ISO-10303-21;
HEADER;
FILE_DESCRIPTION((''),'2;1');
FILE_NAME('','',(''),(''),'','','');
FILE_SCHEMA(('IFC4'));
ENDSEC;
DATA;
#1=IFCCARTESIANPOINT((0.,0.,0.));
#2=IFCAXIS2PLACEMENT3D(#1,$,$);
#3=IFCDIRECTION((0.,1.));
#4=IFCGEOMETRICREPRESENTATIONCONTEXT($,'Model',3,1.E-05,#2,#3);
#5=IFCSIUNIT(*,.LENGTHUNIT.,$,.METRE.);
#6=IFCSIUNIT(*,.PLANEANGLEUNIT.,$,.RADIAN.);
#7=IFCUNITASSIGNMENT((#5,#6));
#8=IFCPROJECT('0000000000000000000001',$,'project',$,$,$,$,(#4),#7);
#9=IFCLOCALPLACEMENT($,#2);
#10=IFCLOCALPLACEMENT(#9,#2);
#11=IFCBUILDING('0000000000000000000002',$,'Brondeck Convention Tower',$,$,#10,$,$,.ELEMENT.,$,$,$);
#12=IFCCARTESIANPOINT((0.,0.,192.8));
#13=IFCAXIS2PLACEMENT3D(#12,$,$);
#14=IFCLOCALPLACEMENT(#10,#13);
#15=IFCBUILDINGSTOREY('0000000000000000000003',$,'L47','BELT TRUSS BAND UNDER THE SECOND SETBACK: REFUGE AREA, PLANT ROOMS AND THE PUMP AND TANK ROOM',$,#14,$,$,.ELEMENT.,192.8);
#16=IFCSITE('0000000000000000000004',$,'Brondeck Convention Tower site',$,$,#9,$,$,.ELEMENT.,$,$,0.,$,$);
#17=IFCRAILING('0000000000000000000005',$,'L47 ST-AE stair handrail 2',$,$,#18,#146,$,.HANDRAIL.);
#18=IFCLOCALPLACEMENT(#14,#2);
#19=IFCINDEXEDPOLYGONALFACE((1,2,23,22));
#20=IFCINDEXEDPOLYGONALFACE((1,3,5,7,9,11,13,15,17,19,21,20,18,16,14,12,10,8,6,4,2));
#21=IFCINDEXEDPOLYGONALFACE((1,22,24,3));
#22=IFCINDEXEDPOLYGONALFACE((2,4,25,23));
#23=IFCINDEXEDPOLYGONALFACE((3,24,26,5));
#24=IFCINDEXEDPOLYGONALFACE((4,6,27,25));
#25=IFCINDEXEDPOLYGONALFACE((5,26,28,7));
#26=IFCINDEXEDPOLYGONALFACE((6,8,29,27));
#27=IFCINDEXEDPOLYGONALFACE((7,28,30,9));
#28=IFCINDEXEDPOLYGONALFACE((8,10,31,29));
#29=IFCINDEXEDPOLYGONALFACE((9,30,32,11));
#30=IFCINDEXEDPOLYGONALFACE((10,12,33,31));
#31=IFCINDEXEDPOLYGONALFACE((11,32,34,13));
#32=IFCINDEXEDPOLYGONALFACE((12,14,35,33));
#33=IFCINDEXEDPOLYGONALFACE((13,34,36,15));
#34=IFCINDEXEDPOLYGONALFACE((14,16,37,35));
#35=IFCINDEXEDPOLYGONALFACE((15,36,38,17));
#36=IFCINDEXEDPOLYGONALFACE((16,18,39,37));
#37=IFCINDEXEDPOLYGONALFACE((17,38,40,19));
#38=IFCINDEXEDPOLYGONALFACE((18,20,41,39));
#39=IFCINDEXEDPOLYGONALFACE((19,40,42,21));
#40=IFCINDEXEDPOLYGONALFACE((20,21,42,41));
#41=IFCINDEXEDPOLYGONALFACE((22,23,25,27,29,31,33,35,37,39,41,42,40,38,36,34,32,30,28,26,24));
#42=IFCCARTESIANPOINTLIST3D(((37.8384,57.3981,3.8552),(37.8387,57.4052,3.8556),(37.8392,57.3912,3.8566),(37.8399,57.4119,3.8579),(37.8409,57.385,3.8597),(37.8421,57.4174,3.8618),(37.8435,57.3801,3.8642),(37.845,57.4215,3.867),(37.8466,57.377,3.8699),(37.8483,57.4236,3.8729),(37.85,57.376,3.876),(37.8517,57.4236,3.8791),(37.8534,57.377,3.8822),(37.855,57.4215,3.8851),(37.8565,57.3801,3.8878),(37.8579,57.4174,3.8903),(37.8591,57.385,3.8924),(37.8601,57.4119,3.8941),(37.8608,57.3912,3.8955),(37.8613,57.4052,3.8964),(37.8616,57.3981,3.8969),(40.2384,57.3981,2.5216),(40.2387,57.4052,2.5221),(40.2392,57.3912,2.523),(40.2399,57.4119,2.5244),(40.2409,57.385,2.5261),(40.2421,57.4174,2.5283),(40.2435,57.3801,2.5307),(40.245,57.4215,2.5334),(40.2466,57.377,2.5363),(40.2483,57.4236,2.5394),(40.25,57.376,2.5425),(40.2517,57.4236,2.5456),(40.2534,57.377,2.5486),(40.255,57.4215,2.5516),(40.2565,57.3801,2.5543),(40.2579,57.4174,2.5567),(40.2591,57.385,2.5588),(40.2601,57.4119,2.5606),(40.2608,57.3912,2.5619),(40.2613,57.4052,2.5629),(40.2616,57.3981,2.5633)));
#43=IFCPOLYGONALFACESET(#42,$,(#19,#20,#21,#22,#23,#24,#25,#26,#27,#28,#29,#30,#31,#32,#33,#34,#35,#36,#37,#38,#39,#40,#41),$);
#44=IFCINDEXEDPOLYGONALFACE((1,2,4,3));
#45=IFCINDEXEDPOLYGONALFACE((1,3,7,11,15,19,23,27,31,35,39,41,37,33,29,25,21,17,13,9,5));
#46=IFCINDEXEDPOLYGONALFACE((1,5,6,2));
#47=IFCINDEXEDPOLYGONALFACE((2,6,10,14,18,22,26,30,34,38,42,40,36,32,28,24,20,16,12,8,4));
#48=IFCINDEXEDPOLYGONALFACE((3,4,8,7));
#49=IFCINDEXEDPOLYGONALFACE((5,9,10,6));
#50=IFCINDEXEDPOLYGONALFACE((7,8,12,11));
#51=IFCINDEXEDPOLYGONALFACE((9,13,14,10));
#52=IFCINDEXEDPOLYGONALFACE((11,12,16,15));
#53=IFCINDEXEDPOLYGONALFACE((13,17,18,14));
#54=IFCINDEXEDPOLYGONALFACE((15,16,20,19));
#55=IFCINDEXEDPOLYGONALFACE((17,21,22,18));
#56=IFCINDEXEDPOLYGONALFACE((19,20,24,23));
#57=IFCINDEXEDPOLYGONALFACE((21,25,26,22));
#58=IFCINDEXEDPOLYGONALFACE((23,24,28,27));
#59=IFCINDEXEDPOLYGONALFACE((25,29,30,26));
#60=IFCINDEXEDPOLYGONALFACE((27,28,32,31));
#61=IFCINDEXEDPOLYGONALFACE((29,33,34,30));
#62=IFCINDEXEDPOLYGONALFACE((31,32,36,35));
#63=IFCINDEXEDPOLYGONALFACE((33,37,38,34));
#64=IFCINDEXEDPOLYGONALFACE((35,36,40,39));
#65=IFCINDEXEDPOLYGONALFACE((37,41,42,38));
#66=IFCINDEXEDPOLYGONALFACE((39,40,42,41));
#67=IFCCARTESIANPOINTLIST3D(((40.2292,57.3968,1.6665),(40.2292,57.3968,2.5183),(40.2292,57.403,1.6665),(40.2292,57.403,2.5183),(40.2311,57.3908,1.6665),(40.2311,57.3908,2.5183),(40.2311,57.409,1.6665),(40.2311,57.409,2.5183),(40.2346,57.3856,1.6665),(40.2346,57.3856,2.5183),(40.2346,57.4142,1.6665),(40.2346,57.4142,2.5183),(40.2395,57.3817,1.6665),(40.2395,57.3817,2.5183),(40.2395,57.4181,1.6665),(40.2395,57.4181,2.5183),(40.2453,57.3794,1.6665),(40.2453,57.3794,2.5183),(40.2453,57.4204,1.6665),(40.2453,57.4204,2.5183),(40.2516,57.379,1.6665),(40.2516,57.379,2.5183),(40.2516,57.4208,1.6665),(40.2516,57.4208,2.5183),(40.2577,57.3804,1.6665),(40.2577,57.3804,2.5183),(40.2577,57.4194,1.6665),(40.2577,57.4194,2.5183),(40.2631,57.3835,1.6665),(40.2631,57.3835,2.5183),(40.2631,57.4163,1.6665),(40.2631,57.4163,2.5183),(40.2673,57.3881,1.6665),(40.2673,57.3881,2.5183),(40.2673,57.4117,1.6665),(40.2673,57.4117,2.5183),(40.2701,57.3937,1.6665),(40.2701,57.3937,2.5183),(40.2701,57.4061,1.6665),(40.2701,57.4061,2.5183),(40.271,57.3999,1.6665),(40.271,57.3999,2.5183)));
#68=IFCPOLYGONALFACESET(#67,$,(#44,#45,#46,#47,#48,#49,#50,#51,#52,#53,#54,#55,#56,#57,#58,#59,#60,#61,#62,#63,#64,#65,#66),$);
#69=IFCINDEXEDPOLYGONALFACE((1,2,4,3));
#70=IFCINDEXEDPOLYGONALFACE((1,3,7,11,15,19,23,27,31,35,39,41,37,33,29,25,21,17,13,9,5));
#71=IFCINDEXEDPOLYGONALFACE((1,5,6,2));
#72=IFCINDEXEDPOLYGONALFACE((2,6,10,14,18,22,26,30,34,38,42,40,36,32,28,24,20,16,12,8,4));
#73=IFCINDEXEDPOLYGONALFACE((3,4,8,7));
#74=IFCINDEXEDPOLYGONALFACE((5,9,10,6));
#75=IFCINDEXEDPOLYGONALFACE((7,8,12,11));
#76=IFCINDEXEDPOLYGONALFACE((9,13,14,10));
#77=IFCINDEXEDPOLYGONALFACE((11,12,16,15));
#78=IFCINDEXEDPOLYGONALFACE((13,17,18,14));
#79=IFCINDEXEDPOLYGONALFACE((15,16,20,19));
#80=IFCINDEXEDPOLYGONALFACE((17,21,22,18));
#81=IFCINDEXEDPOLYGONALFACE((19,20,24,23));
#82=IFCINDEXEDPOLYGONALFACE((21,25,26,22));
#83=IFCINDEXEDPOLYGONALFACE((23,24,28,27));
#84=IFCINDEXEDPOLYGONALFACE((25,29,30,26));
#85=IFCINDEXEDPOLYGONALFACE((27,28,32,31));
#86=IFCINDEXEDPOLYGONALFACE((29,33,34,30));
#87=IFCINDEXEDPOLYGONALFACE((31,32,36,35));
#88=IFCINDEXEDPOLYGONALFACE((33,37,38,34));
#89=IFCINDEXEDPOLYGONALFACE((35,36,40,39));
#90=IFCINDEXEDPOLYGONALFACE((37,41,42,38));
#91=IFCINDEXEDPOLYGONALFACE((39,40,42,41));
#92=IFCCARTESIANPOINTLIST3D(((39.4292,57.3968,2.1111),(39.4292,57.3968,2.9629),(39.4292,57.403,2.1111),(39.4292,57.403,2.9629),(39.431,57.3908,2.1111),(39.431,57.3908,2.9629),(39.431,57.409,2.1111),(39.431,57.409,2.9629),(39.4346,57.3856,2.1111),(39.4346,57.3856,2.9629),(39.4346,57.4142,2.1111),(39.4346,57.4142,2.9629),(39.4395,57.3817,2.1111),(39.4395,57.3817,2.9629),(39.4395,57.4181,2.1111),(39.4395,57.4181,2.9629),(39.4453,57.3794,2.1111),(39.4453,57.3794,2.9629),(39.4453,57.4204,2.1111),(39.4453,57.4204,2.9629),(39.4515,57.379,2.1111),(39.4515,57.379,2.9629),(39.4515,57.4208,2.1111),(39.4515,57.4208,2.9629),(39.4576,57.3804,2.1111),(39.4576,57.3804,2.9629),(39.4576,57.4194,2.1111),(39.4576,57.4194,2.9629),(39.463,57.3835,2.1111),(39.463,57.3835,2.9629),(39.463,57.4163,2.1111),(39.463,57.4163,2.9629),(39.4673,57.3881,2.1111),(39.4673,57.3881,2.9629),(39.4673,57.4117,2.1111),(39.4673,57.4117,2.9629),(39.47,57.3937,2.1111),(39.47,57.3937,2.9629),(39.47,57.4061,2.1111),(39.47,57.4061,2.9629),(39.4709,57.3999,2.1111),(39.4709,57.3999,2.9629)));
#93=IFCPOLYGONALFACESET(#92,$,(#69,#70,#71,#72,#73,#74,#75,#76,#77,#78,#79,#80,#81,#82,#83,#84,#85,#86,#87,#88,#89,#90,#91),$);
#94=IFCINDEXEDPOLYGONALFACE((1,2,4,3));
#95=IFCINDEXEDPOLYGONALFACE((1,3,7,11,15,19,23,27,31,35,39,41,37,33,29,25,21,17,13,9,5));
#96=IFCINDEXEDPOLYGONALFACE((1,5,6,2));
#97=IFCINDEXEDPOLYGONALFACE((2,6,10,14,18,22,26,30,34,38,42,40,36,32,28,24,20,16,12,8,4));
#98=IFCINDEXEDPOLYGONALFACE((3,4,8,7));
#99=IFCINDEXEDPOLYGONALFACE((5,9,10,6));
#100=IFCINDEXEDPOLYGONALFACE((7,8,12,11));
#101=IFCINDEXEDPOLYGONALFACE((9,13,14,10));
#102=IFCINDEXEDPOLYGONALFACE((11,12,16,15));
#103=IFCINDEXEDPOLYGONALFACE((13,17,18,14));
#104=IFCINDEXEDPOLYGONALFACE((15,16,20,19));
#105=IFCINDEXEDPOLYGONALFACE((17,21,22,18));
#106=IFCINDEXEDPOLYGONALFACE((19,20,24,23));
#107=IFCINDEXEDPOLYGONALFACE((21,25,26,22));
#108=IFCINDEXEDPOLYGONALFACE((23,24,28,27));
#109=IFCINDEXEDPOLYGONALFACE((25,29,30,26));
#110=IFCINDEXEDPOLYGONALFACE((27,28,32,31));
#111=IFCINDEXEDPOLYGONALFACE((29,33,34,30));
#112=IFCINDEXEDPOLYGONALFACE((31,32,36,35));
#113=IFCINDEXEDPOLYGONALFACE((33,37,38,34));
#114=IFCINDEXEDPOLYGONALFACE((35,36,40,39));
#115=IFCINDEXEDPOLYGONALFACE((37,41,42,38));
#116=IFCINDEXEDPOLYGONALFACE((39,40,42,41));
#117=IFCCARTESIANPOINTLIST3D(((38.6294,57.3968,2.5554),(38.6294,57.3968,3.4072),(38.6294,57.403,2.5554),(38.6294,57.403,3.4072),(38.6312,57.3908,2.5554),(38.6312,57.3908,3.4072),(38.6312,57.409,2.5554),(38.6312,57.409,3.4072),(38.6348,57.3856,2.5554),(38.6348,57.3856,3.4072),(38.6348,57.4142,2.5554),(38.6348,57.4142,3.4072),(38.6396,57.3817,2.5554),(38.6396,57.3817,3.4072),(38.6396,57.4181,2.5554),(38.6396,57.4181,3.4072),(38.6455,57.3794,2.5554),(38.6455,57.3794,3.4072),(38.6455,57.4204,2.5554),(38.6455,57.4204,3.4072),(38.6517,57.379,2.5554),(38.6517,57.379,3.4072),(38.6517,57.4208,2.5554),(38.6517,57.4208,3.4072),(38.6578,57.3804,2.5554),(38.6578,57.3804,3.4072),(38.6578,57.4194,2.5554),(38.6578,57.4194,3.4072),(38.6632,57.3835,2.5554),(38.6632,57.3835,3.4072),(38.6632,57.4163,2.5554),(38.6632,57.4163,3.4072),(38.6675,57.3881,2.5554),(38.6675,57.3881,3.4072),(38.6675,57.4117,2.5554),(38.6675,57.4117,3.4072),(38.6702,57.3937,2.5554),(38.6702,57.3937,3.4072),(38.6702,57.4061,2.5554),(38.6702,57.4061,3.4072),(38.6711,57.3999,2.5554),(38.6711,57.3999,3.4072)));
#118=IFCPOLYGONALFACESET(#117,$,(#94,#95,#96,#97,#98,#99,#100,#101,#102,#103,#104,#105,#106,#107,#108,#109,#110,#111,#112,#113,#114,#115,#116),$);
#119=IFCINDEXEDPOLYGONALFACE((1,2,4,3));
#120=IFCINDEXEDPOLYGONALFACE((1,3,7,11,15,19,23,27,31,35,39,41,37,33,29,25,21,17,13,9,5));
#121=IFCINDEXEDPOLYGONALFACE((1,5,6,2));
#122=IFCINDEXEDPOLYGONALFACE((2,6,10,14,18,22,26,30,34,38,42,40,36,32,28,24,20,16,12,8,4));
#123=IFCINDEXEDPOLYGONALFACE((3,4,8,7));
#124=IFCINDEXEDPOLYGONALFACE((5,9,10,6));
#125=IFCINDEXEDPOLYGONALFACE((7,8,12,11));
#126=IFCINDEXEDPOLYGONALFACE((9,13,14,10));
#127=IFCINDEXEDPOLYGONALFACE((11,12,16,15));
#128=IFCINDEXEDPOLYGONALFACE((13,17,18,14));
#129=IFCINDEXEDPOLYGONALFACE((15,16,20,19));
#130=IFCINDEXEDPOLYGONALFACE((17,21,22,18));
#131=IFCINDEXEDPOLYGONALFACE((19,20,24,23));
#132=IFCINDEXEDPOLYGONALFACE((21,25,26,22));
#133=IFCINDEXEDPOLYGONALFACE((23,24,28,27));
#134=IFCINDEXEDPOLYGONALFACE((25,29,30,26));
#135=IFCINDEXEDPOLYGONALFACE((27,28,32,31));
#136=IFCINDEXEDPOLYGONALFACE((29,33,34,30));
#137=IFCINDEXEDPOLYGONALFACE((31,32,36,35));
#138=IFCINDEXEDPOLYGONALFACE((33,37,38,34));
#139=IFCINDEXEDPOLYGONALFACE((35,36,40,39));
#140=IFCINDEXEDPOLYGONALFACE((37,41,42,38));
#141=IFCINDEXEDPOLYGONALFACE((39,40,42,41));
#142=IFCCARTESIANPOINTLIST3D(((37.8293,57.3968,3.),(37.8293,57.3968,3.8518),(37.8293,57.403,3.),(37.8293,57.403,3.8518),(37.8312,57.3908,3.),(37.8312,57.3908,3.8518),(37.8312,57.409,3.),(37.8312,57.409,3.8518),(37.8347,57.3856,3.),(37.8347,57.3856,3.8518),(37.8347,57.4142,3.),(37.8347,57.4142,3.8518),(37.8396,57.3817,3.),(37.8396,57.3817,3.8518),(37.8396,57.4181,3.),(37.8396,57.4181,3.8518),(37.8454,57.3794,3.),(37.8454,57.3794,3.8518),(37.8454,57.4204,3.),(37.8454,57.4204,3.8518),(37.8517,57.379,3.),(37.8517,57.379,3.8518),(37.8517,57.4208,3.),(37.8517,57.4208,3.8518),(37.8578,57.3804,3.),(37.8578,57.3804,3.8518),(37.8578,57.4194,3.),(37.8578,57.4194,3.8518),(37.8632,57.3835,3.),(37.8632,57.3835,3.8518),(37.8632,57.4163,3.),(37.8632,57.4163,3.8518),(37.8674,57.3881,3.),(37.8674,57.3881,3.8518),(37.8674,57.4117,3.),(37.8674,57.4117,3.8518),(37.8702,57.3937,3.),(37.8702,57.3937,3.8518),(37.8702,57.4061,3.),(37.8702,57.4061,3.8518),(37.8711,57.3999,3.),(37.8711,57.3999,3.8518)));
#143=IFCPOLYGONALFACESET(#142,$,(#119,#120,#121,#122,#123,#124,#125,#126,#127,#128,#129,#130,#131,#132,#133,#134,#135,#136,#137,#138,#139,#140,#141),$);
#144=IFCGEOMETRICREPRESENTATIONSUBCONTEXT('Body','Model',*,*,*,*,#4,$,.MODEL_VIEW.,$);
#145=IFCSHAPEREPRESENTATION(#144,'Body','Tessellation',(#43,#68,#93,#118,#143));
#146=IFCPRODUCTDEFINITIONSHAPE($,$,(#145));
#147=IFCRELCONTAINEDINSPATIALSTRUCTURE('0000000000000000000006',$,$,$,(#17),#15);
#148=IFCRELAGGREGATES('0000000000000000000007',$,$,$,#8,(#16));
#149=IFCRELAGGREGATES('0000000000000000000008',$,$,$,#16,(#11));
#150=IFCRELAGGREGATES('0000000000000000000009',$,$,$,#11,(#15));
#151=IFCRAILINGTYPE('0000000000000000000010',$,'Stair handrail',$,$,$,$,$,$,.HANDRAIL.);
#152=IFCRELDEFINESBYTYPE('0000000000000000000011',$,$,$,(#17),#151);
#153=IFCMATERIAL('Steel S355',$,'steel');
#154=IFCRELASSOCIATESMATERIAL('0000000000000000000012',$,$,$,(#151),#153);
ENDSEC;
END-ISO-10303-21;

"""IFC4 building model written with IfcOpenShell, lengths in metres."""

from ifc_helpers import new_model, si_unit, direction, frame, origin, origin_2d, place, context, subcontext, project, spatial, circle, extrude, material, type_object, element, save


model = new_model("IFC4")

# Units and contexts
model_context = context("Model", 3, precision=1e-05, world=origin(), true_north=direction((0.0, 1.0)))
body_context = subcontext(model_context, "Body", "Model", "MODEL_VIEW")
ifc_project = project(units=[si_unit("LENGTHUNIT", "METRE"), si_unit("PLANEANGLEUNIT", "RADIAN")], contexts=[model_context])

# Site, building, storey
site_placement = place(None, origin())
site = spatial("IfcSite", under=ifc_project, at=site_placement, Name="Brondeck Convention Tower site", CompositionType="ELEMENT", RefElevation=0.0)
building_placement = place(site_placement, origin())
building = spatial("IfcBuilding", under=site, at=building_placement, Name="Brondeck Convention Tower", CompositionType="ELEMENT")
storey_placement = place(building_placement, frame((0.0, 0.0, 192.8)))
storey = spatial("IfcBuildingStorey", under=building, at=storey_placement, Name="L47", Description="BELT TRUSS BAND UNDER THE SECOND SETBACK: REFUGE AREA, PLANT ROOMS AND THE PUMP AND TANK ROOM", CompositionType="ELEMENT", Elevation=192.8)

# Shared definitions
ifc_material_1 = material(Name="Steel S355", Category="steel")

# Railing
railing_type_1 = type_object("IfcRailingType", Name="Stair handrail", PredefinedType="HANDRAIL", material=ifc_material_1)
railing_1_placement = place(storey_placement, frame((40.25, 57.3999, 1.6665)))
element("IfcRailing", 1, at=railing_1_placement, inside=storey, type_object=railing_type_1, Name="L47 ST-AE stair handrail 2", PredefinedType="HANDRAIL", context=body_context, shape_type="SweptSolid", body=[
    extrude(circle(Radius=0.0239, at=origin_2d()), frame((0.0, 0.0, 0.876), z_axis=(-0.874124, 0.0, 0.485703), x_axis=(0.0, -1.0, 0.0)), (0.0, 0.0, 1.0), 2.7456),
    extrude(circle(Radius=0.021, at=origin_2d()), origin(), (0.0, 0.0, 1.0), 0.8518),
    extrude(circle(Radius=0.021, at=origin_2d()), frame((-0.8, 0.0, 0.4446)), (0.0, 0.0, 1.0), 0.8518),
    extrude(circle(Radius=0.021, at=origin_2d()), frame((-1.5999, 0.0, 0.8889)), (0.0, 0.0, 1.0), 0.8518),
    extrude(circle(Radius=0.021, at=origin_2d()), frame((-2.3999, 0.0, 1.3335)), (0.0, 0.0, 1.0), 0.8518),
])

save(model, "model.ifc")
